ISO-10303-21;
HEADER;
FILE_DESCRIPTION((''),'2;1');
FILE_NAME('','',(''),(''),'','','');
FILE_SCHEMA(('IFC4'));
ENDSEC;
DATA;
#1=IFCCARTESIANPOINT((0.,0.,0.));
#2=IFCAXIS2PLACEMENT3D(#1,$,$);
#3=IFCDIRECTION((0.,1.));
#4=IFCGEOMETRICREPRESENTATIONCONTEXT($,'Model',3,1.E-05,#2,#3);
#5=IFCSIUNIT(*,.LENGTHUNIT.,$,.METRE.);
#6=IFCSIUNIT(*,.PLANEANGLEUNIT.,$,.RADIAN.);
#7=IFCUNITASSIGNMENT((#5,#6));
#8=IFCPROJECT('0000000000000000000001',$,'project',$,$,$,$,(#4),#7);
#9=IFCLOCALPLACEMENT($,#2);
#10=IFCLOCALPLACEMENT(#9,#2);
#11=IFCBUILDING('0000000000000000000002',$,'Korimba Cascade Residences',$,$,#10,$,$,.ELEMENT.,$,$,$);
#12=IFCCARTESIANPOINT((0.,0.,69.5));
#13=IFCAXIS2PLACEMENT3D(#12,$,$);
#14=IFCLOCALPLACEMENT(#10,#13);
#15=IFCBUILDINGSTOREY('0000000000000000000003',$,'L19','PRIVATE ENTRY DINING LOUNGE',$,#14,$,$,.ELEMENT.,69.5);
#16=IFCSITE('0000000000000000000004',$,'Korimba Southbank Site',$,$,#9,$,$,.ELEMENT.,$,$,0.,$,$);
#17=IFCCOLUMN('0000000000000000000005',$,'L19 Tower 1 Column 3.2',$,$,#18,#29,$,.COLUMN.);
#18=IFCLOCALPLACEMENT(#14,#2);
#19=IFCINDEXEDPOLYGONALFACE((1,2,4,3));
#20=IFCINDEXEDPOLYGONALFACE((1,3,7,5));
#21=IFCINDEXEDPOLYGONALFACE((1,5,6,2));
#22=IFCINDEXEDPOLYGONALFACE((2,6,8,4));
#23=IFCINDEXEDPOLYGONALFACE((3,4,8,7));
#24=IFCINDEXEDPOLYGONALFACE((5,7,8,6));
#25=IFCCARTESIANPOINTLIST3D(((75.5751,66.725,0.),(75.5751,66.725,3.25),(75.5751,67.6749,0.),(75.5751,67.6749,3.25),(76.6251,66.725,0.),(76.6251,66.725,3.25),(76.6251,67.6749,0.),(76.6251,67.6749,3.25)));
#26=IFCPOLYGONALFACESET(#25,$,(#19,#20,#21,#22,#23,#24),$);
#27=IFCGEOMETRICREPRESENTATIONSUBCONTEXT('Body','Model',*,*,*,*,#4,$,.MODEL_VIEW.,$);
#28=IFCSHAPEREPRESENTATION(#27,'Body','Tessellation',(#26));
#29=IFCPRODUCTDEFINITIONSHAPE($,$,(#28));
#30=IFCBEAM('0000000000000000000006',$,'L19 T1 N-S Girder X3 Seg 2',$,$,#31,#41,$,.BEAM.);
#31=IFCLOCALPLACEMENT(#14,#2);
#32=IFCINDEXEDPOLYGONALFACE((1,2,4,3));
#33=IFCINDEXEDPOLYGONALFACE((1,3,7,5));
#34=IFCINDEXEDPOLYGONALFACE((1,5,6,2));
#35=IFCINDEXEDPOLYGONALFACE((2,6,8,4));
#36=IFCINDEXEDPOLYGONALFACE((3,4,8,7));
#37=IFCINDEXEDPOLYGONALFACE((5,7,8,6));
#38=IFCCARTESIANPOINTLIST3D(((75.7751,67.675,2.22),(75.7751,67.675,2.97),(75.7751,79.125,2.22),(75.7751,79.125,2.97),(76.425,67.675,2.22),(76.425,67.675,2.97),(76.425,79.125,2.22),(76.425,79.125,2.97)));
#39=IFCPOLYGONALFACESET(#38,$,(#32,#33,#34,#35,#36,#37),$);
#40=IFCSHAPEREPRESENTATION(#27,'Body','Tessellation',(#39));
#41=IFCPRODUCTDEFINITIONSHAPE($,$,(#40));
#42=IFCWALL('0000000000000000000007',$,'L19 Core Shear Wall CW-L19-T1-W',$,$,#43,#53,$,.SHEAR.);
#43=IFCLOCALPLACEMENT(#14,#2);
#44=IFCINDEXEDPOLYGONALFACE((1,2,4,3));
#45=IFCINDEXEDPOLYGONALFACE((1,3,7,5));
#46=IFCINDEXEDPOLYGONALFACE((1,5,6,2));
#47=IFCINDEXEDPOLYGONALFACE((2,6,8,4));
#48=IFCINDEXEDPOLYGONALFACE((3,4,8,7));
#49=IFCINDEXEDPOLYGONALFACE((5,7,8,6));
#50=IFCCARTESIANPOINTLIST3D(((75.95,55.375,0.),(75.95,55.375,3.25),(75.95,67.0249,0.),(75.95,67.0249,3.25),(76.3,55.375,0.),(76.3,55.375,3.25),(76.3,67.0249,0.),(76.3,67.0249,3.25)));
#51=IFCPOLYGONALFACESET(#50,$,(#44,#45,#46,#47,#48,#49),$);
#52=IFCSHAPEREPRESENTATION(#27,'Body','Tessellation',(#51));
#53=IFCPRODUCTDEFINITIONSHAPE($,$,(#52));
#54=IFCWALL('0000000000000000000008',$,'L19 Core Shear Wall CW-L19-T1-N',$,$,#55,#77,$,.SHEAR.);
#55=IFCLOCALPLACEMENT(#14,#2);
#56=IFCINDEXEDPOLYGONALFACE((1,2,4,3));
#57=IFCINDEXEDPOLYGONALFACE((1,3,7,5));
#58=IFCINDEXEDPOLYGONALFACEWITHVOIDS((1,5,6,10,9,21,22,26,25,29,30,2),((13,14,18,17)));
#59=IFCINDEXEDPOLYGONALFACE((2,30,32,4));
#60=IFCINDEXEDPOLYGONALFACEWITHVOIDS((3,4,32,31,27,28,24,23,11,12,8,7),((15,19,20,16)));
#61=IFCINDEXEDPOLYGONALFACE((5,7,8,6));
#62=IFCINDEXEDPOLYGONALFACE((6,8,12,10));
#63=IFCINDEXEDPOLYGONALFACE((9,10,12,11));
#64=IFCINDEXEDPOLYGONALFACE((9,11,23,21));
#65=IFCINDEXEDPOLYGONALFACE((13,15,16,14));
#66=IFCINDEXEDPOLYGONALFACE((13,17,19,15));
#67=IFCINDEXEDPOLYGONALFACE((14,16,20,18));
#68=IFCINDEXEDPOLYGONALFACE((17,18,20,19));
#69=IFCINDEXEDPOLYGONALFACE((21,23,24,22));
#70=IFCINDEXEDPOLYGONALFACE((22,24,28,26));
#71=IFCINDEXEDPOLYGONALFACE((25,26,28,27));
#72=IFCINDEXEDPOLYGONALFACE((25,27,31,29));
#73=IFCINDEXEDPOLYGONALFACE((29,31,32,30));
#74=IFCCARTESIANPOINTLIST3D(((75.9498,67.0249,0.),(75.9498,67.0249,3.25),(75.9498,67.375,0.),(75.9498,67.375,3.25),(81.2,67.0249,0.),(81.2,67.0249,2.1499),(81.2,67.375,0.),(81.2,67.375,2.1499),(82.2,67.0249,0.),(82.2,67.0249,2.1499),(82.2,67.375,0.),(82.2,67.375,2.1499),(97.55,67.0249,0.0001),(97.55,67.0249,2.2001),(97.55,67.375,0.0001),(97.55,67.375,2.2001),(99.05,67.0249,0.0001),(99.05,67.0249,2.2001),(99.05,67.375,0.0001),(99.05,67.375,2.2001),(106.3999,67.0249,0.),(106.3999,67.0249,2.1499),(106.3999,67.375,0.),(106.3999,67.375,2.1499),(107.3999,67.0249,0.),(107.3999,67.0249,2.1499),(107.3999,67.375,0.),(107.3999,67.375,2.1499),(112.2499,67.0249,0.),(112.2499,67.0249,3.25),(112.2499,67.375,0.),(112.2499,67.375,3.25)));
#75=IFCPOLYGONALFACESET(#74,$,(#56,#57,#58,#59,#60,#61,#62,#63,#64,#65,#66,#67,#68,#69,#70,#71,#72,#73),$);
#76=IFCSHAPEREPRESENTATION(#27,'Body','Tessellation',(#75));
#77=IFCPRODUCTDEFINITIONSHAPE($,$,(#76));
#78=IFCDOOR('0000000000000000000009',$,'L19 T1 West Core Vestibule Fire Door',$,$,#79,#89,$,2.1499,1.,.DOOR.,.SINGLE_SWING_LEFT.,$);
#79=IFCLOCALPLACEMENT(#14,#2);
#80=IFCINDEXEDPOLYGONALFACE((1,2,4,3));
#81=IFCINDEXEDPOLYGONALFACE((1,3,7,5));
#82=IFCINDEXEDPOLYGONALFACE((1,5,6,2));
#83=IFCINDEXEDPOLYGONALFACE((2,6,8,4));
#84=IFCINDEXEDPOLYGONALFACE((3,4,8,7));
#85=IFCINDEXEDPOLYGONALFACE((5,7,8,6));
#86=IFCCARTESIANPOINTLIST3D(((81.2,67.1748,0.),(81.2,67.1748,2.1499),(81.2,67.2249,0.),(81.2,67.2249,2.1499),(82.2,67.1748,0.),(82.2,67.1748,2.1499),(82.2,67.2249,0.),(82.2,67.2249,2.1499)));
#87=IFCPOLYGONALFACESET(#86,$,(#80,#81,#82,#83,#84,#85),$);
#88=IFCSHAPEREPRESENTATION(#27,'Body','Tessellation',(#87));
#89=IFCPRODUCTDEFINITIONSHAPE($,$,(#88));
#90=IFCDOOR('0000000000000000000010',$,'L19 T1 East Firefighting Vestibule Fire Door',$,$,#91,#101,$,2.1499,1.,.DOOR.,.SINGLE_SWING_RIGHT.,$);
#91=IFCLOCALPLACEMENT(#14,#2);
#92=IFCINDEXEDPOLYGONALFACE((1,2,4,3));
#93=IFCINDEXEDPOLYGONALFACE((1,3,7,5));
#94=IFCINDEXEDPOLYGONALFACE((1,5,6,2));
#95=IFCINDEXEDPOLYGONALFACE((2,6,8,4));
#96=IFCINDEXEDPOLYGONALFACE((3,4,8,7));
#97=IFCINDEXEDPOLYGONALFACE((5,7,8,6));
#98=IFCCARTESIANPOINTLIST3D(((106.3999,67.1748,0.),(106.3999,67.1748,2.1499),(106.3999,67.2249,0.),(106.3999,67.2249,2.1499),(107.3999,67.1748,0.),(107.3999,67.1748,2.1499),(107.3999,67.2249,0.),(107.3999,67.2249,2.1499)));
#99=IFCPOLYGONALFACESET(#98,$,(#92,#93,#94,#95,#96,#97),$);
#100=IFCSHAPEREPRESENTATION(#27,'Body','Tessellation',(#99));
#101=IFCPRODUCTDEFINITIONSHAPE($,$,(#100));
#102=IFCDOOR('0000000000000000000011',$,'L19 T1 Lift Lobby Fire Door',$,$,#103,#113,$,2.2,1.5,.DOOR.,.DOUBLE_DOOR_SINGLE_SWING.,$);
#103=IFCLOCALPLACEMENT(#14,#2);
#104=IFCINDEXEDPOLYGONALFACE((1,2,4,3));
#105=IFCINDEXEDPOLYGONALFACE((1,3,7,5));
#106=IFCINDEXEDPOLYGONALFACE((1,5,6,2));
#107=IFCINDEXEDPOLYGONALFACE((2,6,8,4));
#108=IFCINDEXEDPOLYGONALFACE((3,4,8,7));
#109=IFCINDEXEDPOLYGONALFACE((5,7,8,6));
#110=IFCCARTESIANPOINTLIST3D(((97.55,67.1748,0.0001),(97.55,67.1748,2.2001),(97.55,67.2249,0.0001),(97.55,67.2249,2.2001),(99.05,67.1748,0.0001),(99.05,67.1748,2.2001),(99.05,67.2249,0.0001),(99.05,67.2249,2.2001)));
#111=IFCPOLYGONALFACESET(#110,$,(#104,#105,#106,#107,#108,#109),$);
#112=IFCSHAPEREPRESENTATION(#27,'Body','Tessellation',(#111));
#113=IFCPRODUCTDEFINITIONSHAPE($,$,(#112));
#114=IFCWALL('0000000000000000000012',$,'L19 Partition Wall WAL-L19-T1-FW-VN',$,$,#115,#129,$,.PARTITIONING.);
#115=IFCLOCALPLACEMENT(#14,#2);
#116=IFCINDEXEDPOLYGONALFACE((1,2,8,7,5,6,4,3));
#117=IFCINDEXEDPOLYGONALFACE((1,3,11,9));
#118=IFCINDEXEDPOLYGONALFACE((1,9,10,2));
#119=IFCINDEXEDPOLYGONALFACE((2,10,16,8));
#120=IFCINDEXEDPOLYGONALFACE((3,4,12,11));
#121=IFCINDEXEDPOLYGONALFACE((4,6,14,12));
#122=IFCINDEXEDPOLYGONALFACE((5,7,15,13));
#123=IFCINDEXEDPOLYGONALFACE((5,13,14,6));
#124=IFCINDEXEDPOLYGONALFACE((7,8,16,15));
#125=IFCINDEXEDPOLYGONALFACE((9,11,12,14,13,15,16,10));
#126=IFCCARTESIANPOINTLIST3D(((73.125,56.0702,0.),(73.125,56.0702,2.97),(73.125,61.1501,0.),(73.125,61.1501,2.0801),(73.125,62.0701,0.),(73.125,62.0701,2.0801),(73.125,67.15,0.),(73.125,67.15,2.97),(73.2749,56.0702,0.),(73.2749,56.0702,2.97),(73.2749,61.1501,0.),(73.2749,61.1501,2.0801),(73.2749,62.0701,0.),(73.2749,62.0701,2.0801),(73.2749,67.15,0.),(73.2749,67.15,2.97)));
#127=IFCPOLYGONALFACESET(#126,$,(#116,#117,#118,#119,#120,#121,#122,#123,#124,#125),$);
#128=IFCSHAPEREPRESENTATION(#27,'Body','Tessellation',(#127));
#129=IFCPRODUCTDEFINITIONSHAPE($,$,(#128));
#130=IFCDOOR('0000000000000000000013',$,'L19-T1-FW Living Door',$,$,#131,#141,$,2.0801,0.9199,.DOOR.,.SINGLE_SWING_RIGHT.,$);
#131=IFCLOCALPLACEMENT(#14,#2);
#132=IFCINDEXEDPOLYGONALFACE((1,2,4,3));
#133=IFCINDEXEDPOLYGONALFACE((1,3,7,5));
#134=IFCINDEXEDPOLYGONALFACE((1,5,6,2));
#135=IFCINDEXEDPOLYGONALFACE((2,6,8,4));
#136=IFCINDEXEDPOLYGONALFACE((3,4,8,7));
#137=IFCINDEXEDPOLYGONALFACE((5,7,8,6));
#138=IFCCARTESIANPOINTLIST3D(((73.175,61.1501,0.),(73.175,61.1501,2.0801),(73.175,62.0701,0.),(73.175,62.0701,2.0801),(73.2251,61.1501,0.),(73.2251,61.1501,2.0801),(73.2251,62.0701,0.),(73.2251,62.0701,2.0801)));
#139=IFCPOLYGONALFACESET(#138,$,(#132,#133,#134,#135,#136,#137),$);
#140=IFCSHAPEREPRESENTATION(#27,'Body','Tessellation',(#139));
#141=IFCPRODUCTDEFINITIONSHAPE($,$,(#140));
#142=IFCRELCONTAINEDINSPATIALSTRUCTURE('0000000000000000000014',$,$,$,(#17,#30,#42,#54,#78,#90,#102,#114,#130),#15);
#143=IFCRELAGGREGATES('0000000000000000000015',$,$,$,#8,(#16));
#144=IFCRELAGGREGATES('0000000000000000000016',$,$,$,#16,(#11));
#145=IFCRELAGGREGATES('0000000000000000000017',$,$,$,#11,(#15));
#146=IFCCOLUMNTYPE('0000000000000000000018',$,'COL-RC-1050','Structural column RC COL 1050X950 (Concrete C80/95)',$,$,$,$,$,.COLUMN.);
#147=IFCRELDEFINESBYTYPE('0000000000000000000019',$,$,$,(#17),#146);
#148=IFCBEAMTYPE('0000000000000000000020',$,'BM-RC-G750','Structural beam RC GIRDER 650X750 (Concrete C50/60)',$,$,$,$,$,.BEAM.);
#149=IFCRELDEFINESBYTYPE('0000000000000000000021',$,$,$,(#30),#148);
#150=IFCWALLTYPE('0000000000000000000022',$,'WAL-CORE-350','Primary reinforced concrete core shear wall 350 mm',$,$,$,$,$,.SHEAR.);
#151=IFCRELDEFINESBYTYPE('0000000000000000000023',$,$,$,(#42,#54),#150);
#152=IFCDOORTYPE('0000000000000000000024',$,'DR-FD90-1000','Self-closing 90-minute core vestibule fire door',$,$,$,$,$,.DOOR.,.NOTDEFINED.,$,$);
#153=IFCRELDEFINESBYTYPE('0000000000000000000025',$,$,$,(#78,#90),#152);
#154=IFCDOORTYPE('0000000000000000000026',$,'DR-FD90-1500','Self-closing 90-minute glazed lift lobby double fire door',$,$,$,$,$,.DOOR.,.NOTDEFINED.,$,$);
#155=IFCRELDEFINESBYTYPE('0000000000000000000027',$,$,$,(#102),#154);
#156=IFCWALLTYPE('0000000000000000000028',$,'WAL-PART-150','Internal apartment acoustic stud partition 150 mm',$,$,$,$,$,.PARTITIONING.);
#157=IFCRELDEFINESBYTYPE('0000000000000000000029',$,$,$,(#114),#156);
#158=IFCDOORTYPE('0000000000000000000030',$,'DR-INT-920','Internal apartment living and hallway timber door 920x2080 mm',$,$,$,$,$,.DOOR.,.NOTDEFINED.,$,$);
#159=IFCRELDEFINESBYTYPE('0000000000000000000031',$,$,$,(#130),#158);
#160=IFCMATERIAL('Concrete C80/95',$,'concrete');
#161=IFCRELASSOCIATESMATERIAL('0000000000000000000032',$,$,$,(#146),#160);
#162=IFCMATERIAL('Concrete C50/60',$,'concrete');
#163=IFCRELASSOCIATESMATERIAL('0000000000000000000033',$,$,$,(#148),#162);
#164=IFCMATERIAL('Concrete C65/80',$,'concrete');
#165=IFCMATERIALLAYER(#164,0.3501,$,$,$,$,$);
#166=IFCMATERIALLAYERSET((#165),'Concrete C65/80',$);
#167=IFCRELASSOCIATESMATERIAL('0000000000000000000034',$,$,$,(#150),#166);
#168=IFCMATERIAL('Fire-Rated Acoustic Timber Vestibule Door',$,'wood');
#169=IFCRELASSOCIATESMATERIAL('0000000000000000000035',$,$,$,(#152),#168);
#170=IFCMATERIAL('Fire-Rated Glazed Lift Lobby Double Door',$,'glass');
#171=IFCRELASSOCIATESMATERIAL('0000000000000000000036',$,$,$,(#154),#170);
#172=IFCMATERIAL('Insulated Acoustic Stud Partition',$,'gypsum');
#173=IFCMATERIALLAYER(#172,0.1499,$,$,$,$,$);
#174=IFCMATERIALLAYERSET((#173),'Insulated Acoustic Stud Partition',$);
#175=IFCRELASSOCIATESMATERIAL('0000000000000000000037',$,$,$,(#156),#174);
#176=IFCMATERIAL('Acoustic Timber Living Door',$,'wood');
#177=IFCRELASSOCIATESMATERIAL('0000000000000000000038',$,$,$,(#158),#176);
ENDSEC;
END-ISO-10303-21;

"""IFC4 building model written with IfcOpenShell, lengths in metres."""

from ifc_helpers import new_model, si_unit, direction, frame, frame_2d, origin, origin_2d, place, context, subcontext, project, spatial, rectangle, extrude, material, layer, layer_set, material_profile, profile_set, type_object, element, fill, save


model = new_model("IFC4")

# Units and contexts
model_context = context("Model", 3, precision=1e-05, world=origin(), true_north=direction((0.0, 1.0)))
body_context = subcontext(model_context, "Body", "Model", "MODEL_VIEW")
ifc_project = project(units=[si_unit("LENGTHUNIT", "METRE"), si_unit("PLANEANGLEUNIT", "RADIAN")], contexts=[model_context])

# Site, building, storey
site_placement = place(None, origin())
site = spatial("IfcSite", under=ifc_project, at=site_placement, Name="Korimba Southbank Site", CompositionType="ELEMENT", RefElevation=0.0)
building_placement = place(site_placement, origin())
building = spatial("IfcBuilding", under=site, at=building_placement, Name="Korimba Cascade Residences", CompositionType="ELEMENT")
storey_placement = place(building_placement, frame((0.0, 0.0, 69.5)))
storey = spatial("IfcBuildingStorey", under=building, at=storey_placement, Name="L19", Description="PRIVATE ENTRY DINING LOUNGE", CompositionType="ELEMENT", Elevation=69.5)

# Column
ifc_material_1 = material(Name="Concrete C80/95", Category="concrete")
ifc_material_profile_1 = material_profile(ifc_material_1, rectangle(XDim=1.05, YDim=0.95, at=origin_2d()), Name="Concrete C80/95")
ifc_profile_set_1 = profile_set([ifc_material_profile_1], Name="Concrete C80/95")
column_type = type_object("IfcColumnType", Name="COL-RC-1050", Description="Structural column RC COL 1050X950 (Concrete C80/95)", PredefinedType="COLUMN", material=ifc_profile_set_1)
column_placement = place(storey_placement, frame((76.1001, 67.2, 0.0), z_axis=(0.0, 0.0, 1.0), x_axis=(1.0, 0.0, 0.0)))
element("IfcColumn", 1, at=column_placement, inside=storey, type_object=column_type, Name="L19 Tower 1 Column 3.2", PredefinedType="COLUMN", context=body_context, shape_type="SweptSolid", body=[
    extrude(rectangle(XDim=1.05, YDim=0.95, at=origin_2d()), origin(), (0.0, 0.0, 1.0), 3.25),
])

# Beam
ifc_material_2 = material(Name="Concrete C50/60", Category="concrete")
ifc_material_profile_2 = material_profile(ifc_material_2, rectangle(XDim=0.6499, YDim=0.75, at=origin_2d()), Name="Concrete C50/60")
ifc_profile_set_2 = profile_set([ifc_material_profile_2], Name="Concrete C50/60")
beam_type = type_object("IfcBeamType", Name="BM-RC-G750", Description="Structural beam RC GIRDER 650X750 (Concrete C50/60)", PredefinedType="BEAM", material=ifc_profile_set_2)
beam_placement = place(storey_placement, frame((76.1001, 67.675, 2.595), z_axis=(0.0, 1.0, 0.0), x_axis=(-1.0, 0.0, 0.0)))
element("IfcBeam", 2, at=beam_placement, inside=storey, type_object=beam_type, Name="L19 T1 N-S Girder X3 Seg 2", PredefinedType="BEAM", context=body_context, shape_type="SweptSolid", body=[
    extrude(rectangle(XDim=0.6499, YDim=0.75, at=origin_2d()), origin(), (0.0, 0.0, 1.0), 11.45),
])

# Wall
ifc_material_3 = material(Name="Concrete C65/80", Category="concrete")
ifc_layer_1 = layer(ifc_material_3, 0.3501)
ifc_layer_set_1 = layer_set([ifc_layer_1], Name="Concrete C65/80")
wall_type_1 = type_object("IfcWallType", Name="WAL-CORE-350", Description="Primary reinforced concrete core shear wall 350 mm", PredefinedType="SHEAR", material=ifc_layer_set_1)
wall_1_placement = place(storey_placement, frame((76.125, 55.375, 0.0), z_axis=(0.0, 0.0, 1.0), x_axis=(0.0, 1.0, 0.0)))
element("IfcWall", 3, at=wall_1_placement, inside=storey, type_object=wall_type_1, Name="L19 Core Shear Wall CW-L19-T1-W", PredefinedType="SHEAR", context=body_context, shape_type="SweptSolid", body=[
    extrude(rectangle(XDim=11.6499, YDim=0.3501, at=frame_2d((5.825, 0.0))), origin(), (0.0, 0.0, 1.0), 3.25),
])

# Wall, openings, doors
wall_2_placement = place(storey_placement, frame((75.95, 67.2, 0.0), z_axis=(0.0, 0.0, 1.0), x_axis=(1.0, 0.0, 0.0)))
wall_2 = element("IfcWall", 4, at=wall_2_placement, inside=storey, type_object=wall_type_1, Name="L19 Core Shear Wall CW-L19-T1-N", PredefinedType="SHEAR", context=body_context, shape_type="SweptSolid", body=[
    extrude(rectangle(XDim=36.3, YDim=0.3501, at=frame_2d((18.1499, 0.0))), origin(), (0.0, 0.0, 1.0), 3.25),
])
opening_1_placement = place(wall_2_placement, frame((5.25, 0.0, 0.0)))
opening_1 = element("IfcOpeningElement", 5, at=opening_1_placement, cuts=wall_2, PredefinedType="OPENING", context=body_context, shape_type="SweptSolid", body=[
    extrude(rectangle(XDim=1.0, YDim=2.1499, at=frame_2d((0.5, 1.075))), frame((0.0, 0.1851, 0.0), z_axis=(0.0, -1.0, 0.0), x_axis=(1.0, 0.0, 0.0)), (0.0, 0.0, 1.0), 0.3701),
])
opening_2_placement = place(wall_2_placement, frame((21.6001, 0.0, 0.0)))
opening_2 = element("IfcOpeningElement", 6, at=opening_2_placement, cuts=wall_2, PredefinedType="OPENING", context=body_context, shape_type="SweptSolid", body=[
    extrude(rectangle(XDim=1.5, YDim=2.2, at=frame_2d((0.75, 1.1001))), frame((0.0, 0.1851, 0.0), z_axis=(0.0, -1.0, 0.0), x_axis=(1.0, 0.0, 0.0)), (0.0, 0.0, 1.0), 0.3701),
])
opening_3_placement = place(wall_2_placement, frame((30.45, 0.0, 0.0)))
opening_3 = element("IfcOpeningElement", 7, at=opening_3_placement, cuts=wall_2, PredefinedType="OPENING", context=body_context, shape_type="SweptSolid", body=[
    extrude(rectangle(XDim=1.0, YDim=2.1499, at=frame_2d((0.5, 1.075))), frame((0.0, 0.1851, 0.0), z_axis=(0.0, -1.0, 0.0), x_axis=(1.0, 0.0, 0.0)), (0.0, 0.0, 1.0), 0.3701),
])
ifc_material_4 = material(Name="Fire-Rated Acoustic Timber Vestibule Door", Category="wood")
door_type_1 = type_object("IfcDoorType", Name="DR-FD90-1000", Description="Self-closing 90-minute core vestibule fire door", OperationType="NOTDEFINED", PredefinedType="DOOR", material=ifc_material_4)
door_1_placement = place(opening_1_placement, origin())
door_1 = element("IfcDoor", 8, at=door_1_placement, inside=storey, type_object=door_type_1, Name="L19 T1 West Core Vestibule Fire Door", OperationType="SINGLE_SWING_LEFT", OverallHeight=2.1499, OverallWidth=1.0, PredefinedType="DOOR", context=body_context, shape_type="SweptSolid", body=[
    extrude(rectangle(XDim=1.0, YDim=2.1499, at=frame_2d((0.5, 1.075))), frame((0.0, 0.0249, 0.0), z_axis=(0.0, -1.0, 0.0), x_axis=(1.0, 0.0, 0.0)), (0.0, 0.0, 1.0), 0.05),
])
fill(opening_1, door_1)
door_2_placement = place(opening_3_placement, origin())
door_2 = element("IfcDoor", 9, at=door_2_placement, inside=storey, type_object=door_type_1, Name="L19 T1 East Firefighting Vestibule Fire Door", OperationType="SINGLE_SWING_RIGHT", OverallHeight=2.1499, OverallWidth=1.0, PredefinedType="DOOR", context=body_context, shape_type="SweptSolid", body=[
    extrude(rectangle(XDim=1.0, YDim=2.1499, at=frame_2d((0.5, 1.075))), frame((0.0, 0.0249, 0.0), z_axis=(0.0, -1.0, 0.0), x_axis=(1.0, 0.0, 0.0)), (0.0, 0.0, 1.0), 0.05),
])
fill(opening_3, door_2)
ifc_material_5 = material(Name="Fire-Rated Glazed Lift Lobby Double Door", Category="glass")
door_type_2 = type_object("IfcDoorType", Name="DR-FD90-1500", Description="Self-closing 90-minute glazed lift lobby double fire door", OperationType="NOTDEFINED", PredefinedType="DOOR", material=ifc_material_5)
door_3_placement = place(opening_2_placement, origin())
door_3 = element("IfcDoor", 10, at=door_3_placement, inside=storey, type_object=door_type_2, Name="L19 T1 Lift Lobby Fire Door", OperationType="DOUBLE_DOOR_SINGLE_SWING", OverallHeight=2.2, OverallWidth=1.5, PredefinedType="DOOR", context=body_context, shape_type="SweptSolid", body=[
    extrude(rectangle(XDim=1.5, YDim=2.2, at=frame_2d((0.75, 1.1001))), frame((0.0, 0.0249, 0.0), z_axis=(0.0, -1.0, 0.0), x_axis=(1.0, 0.0, 0.0)), (0.0, 0.0, 1.0), 0.05),
])
fill(opening_2, door_3)

# Wall, opening, door
ifc_material_6 = material(Name="Insulated Acoustic Stud Partition", Category="gypsum")
ifc_layer_2 = layer(ifc_material_6, 0.1499)
ifc_layer_set_2 = layer_set([ifc_layer_2], Name="Insulated Acoustic Stud Partition")
wall_type_2 = type_object("IfcWallType", Name="WAL-PART-150", Description="Internal apartment acoustic stud partition 150 mm", PredefinedType="PARTITIONING", material=ifc_layer_set_2)
wall_3_placement = place(storey_placement, frame((73.2, 56.0701, 0.0), z_axis=(0.0, 0.0, 1.0), x_axis=(0.0, 1.0, 0.0)))
wall_3 = element("IfcWall", 11, at=wall_3_placement, inside=storey, type_object=wall_type_2, Name="L19 Partition Wall WAL-L19-T1-FW-VN", PredefinedType="PARTITIONING", context=body_context, shape_type="SweptSolid", body=[
    extrude(rectangle(XDim=11.0798, YDim=0.1499, at=frame_2d((5.54, 0.0))), origin(), (0.0, 0.0, 1.0), 2.97),
])
opening_4_placement = place(wall_3_placement, frame((5.0801, 0.0, 0.0)))
opening_4 = element("IfcOpeningElement", 12, at=opening_4_placement, cuts=wall_3, PredefinedType="OPENING", context=body_context, shape_type="SweptSolid", body=[
    extrude(rectangle(XDim=0.9199, YDim=2.0801, at=frame_2d((0.46, 1.04))), frame((0.0, 0.085, 0.0), z_axis=(0.0, -1.0, 0.0), x_axis=(1.0, 0.0, 0.0)), (0.0, 0.0, 1.0), 0.1699),
])
ifc_material_7 = material(Name="Acoustic Timber Living Door", Category="wood")
door_type_3 = type_object("IfcDoorType", Name="DR-INT-920", Description="Internal apartment living and hallway timber door 920x2080 mm", OperationType="NOTDEFINED", PredefinedType="DOOR", material=ifc_material_7)
door_4_placement = place(opening_4_placement, origin())
door_4 = element("IfcDoor", 13, at=door_4_placement, inside=storey, type_object=door_type_3, Name="L19-T1-FW Living Door", OperationType="SINGLE_SWING_RIGHT", OverallHeight=2.0801, OverallWidth=0.9199, PredefinedType="DOOR", context=body_context, shape_type="SweptSolid", body=[
    extrude(rectangle(XDim=0.9199, YDim=2.0801, at=frame_2d((0.46, 1.04))), frame((0.0, 0.0249, 0.0), z_axis=(0.0, -1.0, 0.0), x_axis=(1.0, 0.0, 0.0)), (0.0, 0.0, 1.0), 0.05),
])
fill(opening_4, door_4)

save(model, "model.ifc")
